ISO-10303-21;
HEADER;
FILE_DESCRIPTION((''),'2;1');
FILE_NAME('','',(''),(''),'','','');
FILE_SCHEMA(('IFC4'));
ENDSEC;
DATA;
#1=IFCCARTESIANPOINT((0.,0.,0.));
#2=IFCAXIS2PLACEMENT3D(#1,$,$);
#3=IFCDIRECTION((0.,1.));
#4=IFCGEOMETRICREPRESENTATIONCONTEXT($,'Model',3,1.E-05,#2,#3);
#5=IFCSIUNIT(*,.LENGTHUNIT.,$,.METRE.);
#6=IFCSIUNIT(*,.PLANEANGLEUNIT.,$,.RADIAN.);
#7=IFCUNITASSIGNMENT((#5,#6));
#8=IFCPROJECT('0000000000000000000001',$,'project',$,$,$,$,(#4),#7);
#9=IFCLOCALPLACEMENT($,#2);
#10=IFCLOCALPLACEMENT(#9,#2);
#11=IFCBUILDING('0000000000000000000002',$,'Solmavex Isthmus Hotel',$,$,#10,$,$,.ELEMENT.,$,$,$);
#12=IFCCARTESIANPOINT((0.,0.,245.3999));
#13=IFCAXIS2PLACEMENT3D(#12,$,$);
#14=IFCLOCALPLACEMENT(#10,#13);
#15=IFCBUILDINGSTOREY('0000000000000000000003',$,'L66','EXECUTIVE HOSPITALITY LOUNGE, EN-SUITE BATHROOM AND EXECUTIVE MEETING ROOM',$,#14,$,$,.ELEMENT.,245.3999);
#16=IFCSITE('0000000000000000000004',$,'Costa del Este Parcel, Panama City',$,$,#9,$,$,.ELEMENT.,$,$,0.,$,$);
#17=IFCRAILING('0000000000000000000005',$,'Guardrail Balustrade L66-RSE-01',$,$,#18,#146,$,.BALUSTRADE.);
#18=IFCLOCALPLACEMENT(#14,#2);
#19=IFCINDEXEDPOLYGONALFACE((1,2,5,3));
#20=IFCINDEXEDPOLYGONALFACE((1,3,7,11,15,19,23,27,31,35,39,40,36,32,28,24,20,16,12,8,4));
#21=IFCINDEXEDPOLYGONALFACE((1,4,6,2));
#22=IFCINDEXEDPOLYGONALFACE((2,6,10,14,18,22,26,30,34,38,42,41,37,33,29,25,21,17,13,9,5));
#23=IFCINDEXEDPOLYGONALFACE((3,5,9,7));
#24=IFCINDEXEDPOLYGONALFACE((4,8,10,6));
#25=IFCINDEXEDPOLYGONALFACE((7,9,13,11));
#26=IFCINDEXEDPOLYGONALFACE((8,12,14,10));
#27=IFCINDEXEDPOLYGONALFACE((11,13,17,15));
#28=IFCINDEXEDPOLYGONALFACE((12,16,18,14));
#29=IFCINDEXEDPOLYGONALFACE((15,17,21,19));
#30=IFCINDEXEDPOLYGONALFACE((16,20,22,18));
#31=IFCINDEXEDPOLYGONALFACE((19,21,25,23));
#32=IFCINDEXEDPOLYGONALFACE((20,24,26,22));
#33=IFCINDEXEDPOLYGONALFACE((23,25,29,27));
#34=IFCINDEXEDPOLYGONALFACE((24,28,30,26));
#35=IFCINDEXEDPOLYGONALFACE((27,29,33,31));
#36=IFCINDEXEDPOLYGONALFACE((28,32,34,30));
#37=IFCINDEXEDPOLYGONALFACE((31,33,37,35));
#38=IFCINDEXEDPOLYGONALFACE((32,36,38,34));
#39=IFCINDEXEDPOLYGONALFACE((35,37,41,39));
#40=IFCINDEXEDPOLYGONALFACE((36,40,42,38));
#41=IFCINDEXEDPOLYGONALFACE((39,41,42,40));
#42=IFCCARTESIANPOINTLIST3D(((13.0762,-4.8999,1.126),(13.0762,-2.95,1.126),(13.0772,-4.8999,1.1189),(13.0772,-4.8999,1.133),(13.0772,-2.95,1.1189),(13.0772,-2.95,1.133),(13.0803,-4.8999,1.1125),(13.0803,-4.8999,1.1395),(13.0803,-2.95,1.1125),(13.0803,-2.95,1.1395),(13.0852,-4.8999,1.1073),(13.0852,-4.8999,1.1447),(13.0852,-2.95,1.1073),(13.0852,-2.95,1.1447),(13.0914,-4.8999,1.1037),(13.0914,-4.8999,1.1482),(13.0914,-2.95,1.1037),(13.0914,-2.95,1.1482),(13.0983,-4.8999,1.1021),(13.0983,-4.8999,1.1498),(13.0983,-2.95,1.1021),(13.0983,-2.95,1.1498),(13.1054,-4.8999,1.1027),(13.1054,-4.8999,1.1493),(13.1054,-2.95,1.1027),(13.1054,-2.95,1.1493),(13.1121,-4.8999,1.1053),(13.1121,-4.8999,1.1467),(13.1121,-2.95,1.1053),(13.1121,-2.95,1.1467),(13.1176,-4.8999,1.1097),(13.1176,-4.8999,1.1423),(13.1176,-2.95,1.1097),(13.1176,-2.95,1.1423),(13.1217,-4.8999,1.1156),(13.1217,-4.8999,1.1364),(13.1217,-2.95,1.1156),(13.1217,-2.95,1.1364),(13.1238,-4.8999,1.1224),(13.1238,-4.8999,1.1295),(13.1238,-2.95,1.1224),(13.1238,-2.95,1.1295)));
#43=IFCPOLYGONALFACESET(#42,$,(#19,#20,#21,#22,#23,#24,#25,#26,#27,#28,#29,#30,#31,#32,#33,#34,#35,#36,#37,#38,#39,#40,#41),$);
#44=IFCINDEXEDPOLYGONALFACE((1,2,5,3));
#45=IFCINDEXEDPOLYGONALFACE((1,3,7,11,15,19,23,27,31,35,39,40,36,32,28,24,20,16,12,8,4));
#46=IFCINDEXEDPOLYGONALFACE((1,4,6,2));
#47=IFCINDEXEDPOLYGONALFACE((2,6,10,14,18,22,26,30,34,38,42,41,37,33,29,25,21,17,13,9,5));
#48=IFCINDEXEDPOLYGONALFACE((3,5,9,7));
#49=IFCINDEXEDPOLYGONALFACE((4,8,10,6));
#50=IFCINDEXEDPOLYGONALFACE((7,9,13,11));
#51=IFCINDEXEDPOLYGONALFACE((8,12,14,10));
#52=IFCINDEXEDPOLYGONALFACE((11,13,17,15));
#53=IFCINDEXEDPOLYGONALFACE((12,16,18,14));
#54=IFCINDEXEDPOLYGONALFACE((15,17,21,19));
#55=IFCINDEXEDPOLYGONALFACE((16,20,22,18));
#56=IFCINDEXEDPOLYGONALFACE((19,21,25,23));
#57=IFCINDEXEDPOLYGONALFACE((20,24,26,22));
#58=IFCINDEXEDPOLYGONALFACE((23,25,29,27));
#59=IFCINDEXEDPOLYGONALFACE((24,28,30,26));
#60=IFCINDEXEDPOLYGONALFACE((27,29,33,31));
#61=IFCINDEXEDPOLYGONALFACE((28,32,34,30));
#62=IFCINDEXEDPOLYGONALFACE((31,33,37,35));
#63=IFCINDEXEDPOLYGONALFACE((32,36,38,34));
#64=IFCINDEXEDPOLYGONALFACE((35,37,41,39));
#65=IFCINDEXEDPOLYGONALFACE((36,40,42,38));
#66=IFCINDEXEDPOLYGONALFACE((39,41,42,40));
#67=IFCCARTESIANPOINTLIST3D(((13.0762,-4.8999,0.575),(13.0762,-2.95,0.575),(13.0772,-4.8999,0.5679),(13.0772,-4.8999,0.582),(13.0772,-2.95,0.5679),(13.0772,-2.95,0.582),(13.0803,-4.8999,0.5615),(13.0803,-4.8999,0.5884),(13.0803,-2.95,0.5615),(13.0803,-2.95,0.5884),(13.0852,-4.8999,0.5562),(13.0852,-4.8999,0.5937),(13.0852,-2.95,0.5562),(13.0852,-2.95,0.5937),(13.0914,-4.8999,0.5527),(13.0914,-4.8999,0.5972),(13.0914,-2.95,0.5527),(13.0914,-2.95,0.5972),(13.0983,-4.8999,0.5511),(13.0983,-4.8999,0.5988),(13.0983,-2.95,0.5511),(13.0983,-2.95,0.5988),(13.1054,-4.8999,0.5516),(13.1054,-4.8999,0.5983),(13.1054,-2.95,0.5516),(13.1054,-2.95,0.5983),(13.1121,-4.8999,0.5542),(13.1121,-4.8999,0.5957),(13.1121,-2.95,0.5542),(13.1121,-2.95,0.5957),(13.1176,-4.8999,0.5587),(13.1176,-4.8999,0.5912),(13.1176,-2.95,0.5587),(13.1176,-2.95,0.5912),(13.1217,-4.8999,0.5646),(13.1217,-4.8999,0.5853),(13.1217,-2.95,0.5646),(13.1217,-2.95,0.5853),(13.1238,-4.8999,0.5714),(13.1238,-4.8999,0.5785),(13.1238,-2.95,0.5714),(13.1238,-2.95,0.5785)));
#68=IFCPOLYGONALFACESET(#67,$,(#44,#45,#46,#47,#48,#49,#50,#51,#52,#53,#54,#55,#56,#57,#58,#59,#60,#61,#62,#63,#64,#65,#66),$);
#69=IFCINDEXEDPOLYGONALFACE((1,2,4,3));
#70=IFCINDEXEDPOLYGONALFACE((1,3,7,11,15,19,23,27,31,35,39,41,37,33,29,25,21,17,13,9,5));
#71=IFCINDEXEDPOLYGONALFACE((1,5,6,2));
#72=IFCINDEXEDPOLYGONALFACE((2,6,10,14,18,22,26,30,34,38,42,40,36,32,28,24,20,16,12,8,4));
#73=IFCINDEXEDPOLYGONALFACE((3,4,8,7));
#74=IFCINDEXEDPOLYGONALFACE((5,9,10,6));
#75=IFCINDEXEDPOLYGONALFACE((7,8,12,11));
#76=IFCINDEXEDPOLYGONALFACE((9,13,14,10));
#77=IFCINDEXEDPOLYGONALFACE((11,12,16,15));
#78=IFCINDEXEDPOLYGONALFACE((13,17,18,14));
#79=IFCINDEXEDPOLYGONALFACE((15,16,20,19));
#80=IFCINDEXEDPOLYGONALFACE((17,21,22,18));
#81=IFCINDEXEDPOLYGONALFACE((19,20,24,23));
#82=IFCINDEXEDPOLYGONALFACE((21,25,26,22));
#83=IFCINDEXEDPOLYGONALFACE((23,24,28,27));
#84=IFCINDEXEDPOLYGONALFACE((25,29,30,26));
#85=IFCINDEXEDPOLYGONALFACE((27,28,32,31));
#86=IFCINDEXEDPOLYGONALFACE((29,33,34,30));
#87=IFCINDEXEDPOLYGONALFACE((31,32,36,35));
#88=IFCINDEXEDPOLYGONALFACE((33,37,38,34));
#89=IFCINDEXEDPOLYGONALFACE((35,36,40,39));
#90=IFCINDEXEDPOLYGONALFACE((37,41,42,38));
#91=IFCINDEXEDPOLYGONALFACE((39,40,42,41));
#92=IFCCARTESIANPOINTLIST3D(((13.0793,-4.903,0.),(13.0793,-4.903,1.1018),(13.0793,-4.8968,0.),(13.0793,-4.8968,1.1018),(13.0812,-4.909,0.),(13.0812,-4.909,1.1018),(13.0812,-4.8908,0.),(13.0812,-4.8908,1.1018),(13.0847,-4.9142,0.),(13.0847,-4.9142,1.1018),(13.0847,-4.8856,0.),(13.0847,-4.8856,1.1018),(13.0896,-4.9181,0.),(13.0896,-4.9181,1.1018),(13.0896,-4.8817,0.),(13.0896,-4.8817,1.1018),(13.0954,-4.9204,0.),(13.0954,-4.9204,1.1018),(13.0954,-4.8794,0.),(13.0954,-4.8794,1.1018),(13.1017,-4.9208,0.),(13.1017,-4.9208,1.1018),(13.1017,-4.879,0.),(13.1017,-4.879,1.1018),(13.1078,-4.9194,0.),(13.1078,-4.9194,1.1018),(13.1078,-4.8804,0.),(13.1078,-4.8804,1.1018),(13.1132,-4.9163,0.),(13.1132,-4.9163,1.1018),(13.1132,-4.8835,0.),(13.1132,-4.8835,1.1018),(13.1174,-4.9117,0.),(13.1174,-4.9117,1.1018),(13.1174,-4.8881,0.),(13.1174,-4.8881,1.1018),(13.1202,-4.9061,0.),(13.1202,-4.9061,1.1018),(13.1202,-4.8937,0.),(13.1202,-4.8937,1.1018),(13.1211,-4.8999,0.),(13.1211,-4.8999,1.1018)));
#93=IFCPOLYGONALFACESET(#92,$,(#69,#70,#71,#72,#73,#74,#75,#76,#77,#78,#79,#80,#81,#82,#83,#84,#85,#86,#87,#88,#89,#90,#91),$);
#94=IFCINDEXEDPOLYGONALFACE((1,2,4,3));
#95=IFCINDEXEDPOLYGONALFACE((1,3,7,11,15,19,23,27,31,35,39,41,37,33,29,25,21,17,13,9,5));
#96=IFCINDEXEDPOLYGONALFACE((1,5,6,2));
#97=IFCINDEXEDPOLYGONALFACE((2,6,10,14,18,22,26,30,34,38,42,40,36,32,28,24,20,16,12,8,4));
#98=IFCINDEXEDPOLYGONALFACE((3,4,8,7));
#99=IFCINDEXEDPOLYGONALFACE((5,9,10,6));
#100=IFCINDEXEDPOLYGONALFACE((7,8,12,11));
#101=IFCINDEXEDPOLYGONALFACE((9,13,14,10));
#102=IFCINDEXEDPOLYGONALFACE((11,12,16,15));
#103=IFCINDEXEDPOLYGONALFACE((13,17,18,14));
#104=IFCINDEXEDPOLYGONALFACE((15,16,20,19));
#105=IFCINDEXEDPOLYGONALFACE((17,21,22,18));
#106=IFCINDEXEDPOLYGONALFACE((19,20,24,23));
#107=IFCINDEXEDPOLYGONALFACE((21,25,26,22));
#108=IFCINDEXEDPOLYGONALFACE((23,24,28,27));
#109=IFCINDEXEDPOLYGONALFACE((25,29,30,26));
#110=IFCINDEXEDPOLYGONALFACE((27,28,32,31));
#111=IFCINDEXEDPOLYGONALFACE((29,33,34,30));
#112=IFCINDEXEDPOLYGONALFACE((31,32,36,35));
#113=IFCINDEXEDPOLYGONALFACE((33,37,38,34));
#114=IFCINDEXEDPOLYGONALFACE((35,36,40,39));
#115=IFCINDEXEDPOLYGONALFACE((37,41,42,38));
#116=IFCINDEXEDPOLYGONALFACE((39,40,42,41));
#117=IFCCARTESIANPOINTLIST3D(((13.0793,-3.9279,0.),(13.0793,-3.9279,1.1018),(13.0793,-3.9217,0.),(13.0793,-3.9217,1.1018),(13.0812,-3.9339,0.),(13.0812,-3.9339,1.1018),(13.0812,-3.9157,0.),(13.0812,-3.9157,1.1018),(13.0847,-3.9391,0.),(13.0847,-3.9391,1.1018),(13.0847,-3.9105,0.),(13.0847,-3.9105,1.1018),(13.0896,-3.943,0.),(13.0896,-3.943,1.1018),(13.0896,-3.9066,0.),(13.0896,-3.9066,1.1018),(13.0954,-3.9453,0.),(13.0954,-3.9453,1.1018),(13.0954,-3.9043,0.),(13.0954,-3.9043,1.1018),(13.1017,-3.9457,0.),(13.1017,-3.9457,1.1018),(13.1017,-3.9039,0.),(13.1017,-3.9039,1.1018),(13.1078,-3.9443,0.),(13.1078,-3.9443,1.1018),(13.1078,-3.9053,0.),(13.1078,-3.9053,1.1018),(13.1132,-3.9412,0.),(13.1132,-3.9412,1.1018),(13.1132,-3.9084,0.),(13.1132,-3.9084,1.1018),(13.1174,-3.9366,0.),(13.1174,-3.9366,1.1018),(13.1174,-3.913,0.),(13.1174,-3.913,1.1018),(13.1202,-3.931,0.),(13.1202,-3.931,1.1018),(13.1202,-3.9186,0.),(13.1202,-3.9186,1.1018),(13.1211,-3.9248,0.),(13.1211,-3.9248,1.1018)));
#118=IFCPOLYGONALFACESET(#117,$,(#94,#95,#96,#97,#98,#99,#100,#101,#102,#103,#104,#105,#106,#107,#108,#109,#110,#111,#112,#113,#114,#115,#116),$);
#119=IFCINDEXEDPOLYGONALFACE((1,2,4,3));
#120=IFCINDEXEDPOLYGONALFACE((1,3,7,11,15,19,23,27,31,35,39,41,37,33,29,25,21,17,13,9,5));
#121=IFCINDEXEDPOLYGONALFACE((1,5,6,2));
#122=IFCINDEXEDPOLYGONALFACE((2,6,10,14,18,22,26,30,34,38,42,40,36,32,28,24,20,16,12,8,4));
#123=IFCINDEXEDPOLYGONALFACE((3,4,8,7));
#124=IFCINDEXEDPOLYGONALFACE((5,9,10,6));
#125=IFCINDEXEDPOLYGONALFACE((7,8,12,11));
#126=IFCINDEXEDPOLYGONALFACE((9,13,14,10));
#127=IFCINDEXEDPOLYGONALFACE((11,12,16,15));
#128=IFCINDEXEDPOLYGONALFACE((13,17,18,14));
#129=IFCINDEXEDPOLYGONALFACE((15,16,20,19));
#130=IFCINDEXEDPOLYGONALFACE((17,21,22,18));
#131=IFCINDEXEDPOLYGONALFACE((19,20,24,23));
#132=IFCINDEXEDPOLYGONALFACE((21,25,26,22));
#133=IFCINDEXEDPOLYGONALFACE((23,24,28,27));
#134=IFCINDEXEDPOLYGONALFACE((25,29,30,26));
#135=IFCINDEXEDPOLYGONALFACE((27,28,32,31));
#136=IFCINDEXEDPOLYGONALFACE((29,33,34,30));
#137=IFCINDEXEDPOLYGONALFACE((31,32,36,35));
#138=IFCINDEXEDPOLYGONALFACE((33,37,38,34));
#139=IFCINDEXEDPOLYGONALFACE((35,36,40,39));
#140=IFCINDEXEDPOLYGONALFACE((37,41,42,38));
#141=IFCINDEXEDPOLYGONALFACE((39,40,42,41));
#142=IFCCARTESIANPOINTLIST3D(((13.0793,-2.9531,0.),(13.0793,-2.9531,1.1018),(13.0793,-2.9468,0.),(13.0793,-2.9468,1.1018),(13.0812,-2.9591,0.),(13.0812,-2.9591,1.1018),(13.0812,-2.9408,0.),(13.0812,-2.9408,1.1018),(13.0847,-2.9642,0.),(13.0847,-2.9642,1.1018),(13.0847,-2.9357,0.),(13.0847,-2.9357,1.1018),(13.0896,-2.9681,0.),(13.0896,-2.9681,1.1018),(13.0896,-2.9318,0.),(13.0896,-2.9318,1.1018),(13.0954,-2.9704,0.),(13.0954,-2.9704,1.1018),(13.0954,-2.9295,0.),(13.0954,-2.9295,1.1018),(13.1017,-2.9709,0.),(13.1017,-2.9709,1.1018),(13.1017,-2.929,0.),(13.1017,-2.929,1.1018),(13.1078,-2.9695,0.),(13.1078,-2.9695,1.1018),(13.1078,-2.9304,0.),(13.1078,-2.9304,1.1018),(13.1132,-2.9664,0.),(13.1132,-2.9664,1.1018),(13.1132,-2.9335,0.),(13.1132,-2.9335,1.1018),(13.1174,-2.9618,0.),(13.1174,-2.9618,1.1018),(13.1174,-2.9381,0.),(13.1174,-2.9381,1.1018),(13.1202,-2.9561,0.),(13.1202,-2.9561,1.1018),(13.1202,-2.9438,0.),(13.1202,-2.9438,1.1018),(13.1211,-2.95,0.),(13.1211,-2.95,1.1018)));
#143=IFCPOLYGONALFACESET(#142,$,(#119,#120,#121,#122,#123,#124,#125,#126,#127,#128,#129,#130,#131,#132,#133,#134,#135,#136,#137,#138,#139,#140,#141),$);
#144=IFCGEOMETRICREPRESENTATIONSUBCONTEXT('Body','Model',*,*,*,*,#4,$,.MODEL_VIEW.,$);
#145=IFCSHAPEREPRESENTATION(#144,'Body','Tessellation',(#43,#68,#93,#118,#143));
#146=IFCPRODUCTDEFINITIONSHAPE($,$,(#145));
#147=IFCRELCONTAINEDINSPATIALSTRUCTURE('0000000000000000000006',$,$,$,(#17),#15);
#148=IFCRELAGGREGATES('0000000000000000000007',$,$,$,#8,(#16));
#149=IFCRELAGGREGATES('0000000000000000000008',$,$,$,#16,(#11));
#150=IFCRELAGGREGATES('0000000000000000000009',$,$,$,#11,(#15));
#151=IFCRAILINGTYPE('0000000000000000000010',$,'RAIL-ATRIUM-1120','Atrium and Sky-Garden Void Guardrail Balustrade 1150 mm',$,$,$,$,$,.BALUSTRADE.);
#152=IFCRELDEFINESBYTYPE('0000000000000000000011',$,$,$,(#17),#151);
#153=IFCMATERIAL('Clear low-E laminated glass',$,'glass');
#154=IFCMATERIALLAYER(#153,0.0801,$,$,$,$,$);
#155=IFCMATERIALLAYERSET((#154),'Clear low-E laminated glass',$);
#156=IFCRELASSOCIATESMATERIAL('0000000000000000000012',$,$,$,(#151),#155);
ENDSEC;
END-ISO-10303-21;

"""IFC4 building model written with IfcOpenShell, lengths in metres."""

from ifc_helpers import new_model, si_unit, direction, frame, origin, origin_2d, place, context, subcontext, project, spatial, circle, extrude, material, layer, layer_set, type_object, element, save


model = new_model("IFC4")

# Units and contexts
model_context = context("Model", 3, precision=1e-05, world=origin(), true_north=direction((0.0, 1.0)))
body_context = subcontext(model_context, "Body", "Model", "MODEL_VIEW")
ifc_project = project(units=[si_unit("LENGTHUNIT", "METRE"), si_unit("PLANEANGLEUNIT", "RADIAN")], contexts=[model_context])

# Site, building, storey
site_placement = place(None, origin())
site = spatial("IfcSite", under=ifc_project, at=site_placement, Name="Costa del Este Parcel, Panama City", CompositionType="ELEMENT", RefElevation=0.0)
building_placement = place(site_placement, origin())
building = spatial("IfcBuilding", under=site, at=building_placement, Name="Solmavex Isthmus Hotel", CompositionType="ELEMENT")
storey_placement = place(building_placement, frame((0.0, 0.0, 245.3999)))
storey = spatial("IfcBuildingStorey", under=building, at=storey_placement, Name="L66", Description="EXECUTIVE HOSPITALITY LOUNGE, EN-SUITE BATHROOM AND EXECUTIVE MEETING ROOM", CompositionType="ELEMENT", Elevation=245.3999)

# Shared definitions
ifc_material_1 = material(Name="Clear low-E laminated glass", Category="glass")

# Railing
ifc_layer_1 = layer(ifc_material_1, 0.0801)
ifc_layer_set_1 = layer_set([ifc_layer_1], Name="Clear low-E laminated glass")
railing_type_1 = type_object("IfcRailingType", Name="RAIL-ATRIUM-1120", Description="Atrium and Sky-Garden Void Guardrail Balustrade 1150 mm", PredefinedType="BALUSTRADE", material=ifc_layer_set_1)
railing_1_placement = place(storey_placement, frame((13.1001, -4.8999, 0.0)))
element("IfcRailing", 1, at=railing_1_placement, inside=storey, type_object=railing_type_1, Name="Guardrail Balustrade L66-RSE-01", PredefinedType="BALUSTRADE", context=body_context, shape_type="SweptSolid", body=[
    extrude(circle(Radius=0.0239, at=origin_2d()), frame((0.0, 0.0, 1.126), z_axis=(0.0, 1.0, 0.0), x_axis=(-1.0, 0.0, 0.0)), (0.0, 0.0, 1.0), 1.95),
    extrude(circle(Radius=0.0239, at=origin_2d()), frame((0.0, 0.0, 0.575), z_axis=(0.0, 1.0, 0.0), x_axis=(-1.0, 0.0, 0.0)), (0.0, 0.0, 1.0), 1.95),
    extrude(circle(Radius=0.021, at=origin_2d()), origin(), (0.0, 0.0, 1.0), 1.1018),
    extrude(circle(Radius=0.021, at=origin_2d()), frame((0.0, 0.9751, 0.0)), (0.0, 0.0, 1.0), 1.1018),
    extrude(circle(Radius=0.021, at=origin_2d()), frame((0.0, 1.95, 0.0)), (0.0, 0.0, 1.0), 1.1018),
])

save(model, "model.ifc")
